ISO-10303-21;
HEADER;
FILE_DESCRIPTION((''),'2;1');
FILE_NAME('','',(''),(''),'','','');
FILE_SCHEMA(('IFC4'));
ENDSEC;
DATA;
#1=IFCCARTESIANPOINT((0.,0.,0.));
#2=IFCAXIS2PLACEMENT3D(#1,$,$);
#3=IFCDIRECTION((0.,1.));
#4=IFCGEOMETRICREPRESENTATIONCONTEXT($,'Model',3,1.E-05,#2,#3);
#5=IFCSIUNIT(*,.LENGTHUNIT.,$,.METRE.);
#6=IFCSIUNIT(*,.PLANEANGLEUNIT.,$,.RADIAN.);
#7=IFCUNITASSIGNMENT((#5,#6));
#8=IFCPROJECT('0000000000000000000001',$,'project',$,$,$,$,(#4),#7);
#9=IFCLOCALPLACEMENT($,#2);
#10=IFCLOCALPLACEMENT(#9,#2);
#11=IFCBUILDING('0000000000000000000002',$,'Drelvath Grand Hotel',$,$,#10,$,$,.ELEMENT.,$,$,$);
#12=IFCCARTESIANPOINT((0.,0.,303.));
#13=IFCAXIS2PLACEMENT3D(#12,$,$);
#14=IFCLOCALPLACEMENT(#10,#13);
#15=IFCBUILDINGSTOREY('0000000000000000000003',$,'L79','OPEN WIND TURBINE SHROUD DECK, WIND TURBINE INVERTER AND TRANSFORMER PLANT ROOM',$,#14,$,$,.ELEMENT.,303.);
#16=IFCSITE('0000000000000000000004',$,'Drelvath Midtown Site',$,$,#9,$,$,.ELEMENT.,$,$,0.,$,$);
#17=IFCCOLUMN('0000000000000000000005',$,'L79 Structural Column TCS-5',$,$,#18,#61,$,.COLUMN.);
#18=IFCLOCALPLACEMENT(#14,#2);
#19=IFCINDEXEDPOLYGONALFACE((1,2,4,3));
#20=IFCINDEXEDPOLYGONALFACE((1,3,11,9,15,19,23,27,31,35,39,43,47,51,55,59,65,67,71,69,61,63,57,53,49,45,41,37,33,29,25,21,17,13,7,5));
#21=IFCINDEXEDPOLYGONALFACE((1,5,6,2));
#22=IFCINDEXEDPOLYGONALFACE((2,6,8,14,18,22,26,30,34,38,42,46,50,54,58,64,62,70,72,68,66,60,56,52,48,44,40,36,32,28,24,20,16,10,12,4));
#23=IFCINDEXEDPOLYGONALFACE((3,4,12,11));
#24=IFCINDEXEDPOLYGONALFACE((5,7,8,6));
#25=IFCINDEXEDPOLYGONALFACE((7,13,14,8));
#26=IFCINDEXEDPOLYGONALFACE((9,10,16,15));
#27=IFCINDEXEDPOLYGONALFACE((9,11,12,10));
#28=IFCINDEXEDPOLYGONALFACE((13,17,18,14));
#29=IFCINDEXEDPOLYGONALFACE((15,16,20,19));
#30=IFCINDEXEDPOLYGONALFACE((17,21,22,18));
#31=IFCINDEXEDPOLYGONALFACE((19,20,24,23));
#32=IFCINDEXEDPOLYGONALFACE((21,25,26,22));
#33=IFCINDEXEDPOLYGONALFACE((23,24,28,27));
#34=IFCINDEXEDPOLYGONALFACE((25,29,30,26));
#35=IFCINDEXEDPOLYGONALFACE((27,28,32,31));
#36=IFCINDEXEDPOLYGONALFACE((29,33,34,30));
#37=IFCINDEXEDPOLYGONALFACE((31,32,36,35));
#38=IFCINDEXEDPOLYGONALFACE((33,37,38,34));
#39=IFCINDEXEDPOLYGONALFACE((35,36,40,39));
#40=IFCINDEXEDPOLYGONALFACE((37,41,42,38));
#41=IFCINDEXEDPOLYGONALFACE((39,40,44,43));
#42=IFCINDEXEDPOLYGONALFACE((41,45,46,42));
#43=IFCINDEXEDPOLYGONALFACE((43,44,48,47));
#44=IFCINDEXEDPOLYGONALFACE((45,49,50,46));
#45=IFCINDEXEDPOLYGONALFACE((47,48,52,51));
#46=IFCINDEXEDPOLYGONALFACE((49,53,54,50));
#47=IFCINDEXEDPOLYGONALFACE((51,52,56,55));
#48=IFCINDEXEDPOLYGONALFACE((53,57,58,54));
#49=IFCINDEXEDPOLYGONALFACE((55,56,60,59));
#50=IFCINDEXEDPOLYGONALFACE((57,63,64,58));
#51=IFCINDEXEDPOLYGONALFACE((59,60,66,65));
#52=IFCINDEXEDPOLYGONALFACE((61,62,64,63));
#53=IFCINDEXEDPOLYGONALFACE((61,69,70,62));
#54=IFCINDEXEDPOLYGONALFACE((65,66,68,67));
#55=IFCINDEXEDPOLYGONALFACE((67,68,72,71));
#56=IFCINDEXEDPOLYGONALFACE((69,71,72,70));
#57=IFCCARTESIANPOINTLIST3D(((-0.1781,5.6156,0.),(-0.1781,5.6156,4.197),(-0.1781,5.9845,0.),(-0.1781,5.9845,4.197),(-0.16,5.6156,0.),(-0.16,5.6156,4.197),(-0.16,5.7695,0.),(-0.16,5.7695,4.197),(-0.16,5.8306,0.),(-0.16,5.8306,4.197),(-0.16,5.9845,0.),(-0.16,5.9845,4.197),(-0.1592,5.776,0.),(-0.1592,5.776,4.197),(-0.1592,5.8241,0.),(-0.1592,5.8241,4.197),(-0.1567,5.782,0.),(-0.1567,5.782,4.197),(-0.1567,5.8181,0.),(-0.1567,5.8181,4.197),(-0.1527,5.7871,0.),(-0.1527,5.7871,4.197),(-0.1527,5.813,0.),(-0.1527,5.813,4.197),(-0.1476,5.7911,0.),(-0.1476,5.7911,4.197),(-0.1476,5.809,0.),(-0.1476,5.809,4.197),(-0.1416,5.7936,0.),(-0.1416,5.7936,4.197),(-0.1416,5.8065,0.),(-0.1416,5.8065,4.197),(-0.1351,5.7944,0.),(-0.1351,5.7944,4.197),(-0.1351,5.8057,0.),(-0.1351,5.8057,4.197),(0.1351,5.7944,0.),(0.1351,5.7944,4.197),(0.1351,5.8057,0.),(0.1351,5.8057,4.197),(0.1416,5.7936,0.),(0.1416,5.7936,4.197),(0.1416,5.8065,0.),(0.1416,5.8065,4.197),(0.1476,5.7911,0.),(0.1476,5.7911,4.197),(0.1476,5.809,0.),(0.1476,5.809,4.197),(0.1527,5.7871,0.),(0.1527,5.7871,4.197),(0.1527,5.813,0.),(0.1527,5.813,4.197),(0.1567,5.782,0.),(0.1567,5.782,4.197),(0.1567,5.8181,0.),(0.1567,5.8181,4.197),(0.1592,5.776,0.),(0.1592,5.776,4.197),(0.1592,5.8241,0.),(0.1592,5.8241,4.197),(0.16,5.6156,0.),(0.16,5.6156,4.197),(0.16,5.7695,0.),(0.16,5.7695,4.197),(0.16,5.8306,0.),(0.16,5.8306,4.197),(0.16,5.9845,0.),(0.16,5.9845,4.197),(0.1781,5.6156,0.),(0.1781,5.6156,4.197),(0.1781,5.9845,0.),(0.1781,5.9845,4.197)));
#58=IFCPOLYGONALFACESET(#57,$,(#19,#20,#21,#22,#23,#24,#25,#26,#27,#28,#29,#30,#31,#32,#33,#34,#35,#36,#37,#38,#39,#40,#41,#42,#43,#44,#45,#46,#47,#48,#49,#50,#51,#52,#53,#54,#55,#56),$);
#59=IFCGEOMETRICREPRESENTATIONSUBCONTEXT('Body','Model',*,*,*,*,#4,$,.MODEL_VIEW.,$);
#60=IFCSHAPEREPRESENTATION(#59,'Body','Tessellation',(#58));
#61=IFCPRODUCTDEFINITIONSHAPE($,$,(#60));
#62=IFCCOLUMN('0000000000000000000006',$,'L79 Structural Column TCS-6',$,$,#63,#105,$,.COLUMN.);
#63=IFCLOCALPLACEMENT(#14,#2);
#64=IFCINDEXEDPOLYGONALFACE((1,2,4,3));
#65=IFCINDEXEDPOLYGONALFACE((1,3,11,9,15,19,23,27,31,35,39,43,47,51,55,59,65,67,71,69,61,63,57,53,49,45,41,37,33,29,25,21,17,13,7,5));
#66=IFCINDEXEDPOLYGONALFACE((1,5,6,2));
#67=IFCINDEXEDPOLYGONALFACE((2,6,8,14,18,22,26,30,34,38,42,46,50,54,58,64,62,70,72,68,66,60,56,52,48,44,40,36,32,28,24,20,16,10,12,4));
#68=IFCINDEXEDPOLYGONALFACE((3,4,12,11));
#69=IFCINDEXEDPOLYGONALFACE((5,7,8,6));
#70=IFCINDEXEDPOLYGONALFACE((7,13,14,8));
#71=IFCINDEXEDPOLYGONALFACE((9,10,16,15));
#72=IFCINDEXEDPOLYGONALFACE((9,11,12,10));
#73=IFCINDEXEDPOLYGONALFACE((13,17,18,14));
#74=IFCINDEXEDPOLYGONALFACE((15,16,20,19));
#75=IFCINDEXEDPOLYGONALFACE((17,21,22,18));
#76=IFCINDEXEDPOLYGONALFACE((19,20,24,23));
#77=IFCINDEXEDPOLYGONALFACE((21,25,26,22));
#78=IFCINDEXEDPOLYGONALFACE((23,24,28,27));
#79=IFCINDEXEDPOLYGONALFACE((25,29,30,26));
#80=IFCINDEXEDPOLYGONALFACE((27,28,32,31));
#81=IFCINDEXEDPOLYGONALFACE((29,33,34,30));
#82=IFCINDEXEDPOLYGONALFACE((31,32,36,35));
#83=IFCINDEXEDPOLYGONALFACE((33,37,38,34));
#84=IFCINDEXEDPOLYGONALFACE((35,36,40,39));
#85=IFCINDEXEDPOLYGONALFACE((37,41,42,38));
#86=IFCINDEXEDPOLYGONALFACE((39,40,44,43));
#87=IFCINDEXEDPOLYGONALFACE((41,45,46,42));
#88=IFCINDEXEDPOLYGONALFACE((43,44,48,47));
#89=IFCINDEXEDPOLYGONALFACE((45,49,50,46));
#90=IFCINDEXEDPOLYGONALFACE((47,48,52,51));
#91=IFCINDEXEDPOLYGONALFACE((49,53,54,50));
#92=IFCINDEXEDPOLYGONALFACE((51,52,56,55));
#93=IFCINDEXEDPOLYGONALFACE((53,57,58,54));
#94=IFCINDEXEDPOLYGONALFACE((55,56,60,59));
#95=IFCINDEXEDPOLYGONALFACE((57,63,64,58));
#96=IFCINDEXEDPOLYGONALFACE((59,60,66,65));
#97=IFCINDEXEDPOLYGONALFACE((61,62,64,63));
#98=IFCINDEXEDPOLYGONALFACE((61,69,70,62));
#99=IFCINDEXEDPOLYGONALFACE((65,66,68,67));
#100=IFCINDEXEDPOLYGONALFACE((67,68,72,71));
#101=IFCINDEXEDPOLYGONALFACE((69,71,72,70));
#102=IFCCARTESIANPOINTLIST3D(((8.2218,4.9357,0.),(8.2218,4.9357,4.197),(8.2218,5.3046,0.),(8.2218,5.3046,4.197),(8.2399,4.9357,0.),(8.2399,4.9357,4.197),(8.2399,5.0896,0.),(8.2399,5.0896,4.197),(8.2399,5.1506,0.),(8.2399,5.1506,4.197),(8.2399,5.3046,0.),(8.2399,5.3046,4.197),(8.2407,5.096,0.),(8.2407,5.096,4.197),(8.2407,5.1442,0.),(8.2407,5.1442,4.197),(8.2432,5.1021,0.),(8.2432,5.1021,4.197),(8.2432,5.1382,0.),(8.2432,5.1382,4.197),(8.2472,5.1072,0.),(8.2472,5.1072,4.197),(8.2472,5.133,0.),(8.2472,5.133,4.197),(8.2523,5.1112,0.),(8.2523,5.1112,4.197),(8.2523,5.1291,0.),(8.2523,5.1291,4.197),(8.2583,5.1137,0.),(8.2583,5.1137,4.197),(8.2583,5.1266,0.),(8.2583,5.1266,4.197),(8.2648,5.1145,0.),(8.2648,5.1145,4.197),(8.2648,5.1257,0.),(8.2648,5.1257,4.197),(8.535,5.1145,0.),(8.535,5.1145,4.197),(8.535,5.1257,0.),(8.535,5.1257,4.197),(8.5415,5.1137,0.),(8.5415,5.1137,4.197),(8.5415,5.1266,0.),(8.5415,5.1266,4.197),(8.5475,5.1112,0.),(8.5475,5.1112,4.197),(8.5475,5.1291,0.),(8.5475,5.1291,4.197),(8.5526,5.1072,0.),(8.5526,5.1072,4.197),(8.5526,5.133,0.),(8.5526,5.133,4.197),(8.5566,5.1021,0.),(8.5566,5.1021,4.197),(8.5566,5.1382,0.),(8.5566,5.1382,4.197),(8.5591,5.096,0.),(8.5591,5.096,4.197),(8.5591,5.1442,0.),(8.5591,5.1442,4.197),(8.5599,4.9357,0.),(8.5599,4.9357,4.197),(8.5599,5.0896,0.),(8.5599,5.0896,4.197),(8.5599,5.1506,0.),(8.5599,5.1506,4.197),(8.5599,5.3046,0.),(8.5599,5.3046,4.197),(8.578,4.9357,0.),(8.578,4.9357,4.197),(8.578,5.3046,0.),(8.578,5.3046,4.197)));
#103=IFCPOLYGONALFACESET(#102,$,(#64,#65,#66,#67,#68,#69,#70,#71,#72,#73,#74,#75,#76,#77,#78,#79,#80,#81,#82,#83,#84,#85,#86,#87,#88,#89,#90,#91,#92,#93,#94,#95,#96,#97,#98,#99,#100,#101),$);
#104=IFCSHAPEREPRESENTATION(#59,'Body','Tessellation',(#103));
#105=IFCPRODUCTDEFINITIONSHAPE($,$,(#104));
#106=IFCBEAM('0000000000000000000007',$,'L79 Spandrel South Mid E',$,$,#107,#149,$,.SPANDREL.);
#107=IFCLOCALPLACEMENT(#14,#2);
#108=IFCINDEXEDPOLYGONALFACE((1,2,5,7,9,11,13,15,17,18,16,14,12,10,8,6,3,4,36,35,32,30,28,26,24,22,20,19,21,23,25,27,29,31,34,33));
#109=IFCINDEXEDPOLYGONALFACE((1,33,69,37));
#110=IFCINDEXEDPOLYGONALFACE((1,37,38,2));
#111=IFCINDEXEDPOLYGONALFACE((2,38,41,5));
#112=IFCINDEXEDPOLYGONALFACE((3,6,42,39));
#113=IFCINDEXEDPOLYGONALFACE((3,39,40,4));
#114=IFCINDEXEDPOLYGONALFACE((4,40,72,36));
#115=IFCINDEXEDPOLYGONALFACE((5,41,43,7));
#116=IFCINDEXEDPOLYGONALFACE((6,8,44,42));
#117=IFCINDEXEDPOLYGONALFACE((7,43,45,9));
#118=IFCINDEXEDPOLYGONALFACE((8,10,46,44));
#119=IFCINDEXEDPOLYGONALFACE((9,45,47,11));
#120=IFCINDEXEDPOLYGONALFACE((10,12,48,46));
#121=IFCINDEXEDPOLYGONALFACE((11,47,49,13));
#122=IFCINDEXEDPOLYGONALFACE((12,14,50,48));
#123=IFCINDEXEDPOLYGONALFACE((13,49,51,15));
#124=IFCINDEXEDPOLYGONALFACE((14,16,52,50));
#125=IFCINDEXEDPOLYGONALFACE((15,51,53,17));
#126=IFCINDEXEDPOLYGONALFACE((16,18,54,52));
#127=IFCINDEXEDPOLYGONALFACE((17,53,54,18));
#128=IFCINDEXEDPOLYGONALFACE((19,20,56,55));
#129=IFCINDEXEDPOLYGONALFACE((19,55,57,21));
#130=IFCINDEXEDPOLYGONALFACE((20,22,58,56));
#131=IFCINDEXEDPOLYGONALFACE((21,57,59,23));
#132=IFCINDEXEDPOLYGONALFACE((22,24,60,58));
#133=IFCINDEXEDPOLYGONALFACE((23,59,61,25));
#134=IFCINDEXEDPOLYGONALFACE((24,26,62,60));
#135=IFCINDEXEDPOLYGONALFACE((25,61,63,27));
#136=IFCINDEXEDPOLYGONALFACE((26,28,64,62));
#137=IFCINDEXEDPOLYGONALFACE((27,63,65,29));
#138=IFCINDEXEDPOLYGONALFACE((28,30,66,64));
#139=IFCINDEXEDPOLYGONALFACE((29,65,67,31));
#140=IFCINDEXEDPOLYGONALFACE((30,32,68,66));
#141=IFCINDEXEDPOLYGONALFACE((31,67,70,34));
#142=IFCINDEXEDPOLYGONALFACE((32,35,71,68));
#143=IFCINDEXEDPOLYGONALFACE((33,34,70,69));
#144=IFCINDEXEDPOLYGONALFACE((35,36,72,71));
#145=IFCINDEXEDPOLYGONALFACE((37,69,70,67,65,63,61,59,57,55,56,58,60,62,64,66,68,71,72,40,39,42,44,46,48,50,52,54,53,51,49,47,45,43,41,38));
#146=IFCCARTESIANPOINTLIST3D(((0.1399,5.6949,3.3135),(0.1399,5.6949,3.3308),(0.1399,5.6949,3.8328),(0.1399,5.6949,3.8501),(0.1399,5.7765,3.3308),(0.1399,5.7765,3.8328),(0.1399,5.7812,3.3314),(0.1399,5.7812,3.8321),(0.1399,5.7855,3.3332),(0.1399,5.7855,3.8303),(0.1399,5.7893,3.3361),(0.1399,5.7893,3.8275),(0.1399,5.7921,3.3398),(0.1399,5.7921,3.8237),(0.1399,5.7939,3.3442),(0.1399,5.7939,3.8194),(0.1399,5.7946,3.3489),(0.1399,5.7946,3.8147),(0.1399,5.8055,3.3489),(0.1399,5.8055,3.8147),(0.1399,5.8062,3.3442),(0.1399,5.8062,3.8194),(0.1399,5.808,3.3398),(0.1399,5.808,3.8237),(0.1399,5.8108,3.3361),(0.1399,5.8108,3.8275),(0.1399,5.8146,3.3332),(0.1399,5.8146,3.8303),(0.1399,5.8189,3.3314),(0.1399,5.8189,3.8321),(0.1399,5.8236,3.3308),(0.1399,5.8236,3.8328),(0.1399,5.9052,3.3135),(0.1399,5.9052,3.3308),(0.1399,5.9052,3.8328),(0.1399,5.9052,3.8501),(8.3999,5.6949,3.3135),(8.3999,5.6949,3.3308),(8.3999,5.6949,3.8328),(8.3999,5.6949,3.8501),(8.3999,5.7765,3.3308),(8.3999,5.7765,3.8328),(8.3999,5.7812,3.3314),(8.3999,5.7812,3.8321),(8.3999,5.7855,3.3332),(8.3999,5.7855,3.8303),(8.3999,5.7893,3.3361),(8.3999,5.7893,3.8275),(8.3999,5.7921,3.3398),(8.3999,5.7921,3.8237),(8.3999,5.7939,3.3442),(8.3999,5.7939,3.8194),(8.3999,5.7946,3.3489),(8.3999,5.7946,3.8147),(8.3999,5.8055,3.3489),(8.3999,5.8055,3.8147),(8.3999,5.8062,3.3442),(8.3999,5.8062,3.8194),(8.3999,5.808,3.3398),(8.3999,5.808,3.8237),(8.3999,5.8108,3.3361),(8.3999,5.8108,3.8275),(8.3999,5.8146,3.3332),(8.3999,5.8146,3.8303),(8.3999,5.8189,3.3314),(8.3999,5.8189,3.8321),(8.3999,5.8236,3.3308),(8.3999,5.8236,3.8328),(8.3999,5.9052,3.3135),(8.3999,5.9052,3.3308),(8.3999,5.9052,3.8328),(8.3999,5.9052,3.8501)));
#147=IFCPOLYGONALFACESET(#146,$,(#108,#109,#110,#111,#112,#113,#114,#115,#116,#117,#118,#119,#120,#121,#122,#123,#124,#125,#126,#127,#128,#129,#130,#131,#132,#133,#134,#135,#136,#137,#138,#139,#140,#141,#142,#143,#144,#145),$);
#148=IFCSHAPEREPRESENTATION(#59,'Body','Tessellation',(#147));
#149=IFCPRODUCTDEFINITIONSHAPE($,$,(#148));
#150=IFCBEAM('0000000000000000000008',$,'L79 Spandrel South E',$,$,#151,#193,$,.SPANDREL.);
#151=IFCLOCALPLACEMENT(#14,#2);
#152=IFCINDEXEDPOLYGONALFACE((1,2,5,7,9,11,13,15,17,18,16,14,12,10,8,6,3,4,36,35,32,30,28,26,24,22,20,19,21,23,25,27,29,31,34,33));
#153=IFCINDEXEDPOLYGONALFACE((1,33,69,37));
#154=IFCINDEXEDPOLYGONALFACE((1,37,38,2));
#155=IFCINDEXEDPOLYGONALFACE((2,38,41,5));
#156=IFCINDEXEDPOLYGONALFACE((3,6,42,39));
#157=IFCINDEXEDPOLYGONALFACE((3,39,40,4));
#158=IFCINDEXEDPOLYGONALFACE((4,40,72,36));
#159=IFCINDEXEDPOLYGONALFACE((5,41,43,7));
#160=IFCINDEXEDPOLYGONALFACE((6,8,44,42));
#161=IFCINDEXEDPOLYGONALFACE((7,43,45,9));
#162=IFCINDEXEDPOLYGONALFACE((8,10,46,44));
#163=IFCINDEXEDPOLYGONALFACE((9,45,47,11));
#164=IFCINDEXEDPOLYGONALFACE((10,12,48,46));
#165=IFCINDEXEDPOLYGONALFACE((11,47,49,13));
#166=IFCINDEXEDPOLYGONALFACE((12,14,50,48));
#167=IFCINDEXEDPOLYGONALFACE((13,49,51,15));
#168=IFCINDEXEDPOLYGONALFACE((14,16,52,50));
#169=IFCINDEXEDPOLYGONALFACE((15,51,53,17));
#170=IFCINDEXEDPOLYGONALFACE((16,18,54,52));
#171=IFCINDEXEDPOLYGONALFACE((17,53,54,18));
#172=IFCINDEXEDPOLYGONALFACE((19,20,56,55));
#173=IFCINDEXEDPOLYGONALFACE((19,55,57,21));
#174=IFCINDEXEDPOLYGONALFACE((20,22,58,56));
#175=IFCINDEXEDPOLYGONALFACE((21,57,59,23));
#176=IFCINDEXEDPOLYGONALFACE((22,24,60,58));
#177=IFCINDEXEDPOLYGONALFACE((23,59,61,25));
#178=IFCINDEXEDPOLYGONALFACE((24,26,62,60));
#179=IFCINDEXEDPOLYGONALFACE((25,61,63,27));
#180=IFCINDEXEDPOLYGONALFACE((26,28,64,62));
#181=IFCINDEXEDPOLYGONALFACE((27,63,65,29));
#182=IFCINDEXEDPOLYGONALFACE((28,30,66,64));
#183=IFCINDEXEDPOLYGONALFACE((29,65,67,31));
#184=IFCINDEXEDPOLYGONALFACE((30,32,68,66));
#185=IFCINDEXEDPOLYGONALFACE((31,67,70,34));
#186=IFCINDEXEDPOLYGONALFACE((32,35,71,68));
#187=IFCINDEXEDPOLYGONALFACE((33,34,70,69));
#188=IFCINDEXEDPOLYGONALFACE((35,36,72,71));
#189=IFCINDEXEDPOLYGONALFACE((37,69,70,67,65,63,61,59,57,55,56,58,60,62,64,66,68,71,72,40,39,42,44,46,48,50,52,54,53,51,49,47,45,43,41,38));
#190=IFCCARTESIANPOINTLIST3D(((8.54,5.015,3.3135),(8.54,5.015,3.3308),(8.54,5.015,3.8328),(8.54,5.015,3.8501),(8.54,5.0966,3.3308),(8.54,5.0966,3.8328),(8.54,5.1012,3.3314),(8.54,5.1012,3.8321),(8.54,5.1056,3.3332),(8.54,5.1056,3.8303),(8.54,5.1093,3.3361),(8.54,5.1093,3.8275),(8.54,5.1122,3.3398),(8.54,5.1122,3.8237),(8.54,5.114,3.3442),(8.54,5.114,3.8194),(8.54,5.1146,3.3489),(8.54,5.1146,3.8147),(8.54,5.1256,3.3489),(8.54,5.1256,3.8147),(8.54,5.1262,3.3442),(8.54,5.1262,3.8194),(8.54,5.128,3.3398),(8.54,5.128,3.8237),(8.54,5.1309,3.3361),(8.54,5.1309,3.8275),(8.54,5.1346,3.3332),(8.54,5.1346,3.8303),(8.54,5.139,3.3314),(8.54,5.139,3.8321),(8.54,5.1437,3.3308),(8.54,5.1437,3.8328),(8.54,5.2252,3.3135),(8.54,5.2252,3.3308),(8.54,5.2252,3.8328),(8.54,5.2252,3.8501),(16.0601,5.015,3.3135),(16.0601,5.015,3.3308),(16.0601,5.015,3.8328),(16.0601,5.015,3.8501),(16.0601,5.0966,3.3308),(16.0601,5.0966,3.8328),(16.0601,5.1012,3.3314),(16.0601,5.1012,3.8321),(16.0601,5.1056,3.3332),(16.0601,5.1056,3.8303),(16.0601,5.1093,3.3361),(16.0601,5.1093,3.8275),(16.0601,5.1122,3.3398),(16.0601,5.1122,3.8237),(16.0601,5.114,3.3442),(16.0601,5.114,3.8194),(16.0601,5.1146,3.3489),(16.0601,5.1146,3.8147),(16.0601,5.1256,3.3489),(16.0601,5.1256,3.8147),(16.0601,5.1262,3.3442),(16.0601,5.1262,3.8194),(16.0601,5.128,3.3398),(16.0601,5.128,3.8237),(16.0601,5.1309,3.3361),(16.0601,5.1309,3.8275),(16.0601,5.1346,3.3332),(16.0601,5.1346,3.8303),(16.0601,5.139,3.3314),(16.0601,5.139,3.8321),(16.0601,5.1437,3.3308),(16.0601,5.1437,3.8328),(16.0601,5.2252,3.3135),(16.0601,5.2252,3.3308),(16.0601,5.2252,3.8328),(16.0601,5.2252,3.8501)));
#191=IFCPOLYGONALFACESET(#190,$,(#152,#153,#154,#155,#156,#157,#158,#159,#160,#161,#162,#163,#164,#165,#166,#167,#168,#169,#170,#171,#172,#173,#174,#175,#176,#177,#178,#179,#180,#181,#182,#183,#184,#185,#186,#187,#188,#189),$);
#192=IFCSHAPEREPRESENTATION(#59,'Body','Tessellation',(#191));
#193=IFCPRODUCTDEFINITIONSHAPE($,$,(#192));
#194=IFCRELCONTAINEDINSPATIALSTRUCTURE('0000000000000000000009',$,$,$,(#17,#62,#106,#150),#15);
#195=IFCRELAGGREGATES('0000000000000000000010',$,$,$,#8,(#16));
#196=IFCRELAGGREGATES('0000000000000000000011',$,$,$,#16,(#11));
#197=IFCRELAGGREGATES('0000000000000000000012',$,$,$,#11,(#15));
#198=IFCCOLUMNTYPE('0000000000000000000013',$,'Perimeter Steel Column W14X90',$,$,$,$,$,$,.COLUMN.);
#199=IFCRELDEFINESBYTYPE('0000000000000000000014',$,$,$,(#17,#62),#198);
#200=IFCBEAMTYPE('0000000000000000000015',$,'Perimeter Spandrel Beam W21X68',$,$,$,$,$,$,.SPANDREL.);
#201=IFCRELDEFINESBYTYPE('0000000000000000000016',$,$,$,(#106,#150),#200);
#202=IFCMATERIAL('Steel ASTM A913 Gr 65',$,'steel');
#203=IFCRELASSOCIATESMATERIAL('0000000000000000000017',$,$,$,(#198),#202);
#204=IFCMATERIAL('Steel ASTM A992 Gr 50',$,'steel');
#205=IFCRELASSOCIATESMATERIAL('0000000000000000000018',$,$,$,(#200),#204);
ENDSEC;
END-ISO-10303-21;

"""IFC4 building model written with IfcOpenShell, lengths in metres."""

from ifc_helpers import new_model, si_unit, direction, frame, origin, origin_2d, place, context, subcontext, project, spatial, i_section, extrude, material, material_profile, profile_set, type_object, element, save


model = new_model("IFC4")

# Units and contexts
model_context = context("Model", 3, precision=1e-05, world=origin(), true_north=direction((0.0, 1.0)))
body_context = subcontext(model_context, "Body", "Model", "MODEL_VIEW")
ifc_project = project(units=[si_unit("LENGTHUNIT", "METRE"), si_unit("PLANEANGLEUNIT", "RADIAN")], contexts=[model_context])

# Site, building, storey
site_placement = place(None, origin())
site = spatial("IfcSite", under=ifc_project, at=site_placement, Name="Drelvath Midtown Site", CompositionType="ELEMENT", RefElevation=0.0)
building_placement = place(site_placement, origin())
building = spatial("IfcBuilding", under=site, at=building_placement, Name="Drelvath Grand Hotel", CompositionType="ELEMENT")
storey_placement = place(building_placement, frame((0.0, 0.0, 303.0)))
storey = spatial("IfcBuildingStorey", under=building, at=storey_placement, Name="L79", Description="OPEN WIND TURBINE SHROUD DECK, WIND TURBINE INVERTER AND TRANSFORMER PLANT ROOM", CompositionType="ELEMENT", Elevation=303.0)

# Columns
ifc_material_1 = material(Name="Steel ASTM A913 Gr 65", Category="steel")
ifc_material_profile_1 = material_profile(ifc_material_1, i_section(OverallWidth=0.3689, OverallDepth=0.3562, WebThickness=0.0112, FlangeThickness=0.0181, FilletRadius=0.0249, at=origin_2d()), Name="W14X90")
ifc_profile_set_1 = profile_set([ifc_material_profile_1], Name="Steel ASTM A913 Gr 65")
column_type = type_object("IfcColumnType", Name="Perimeter Steel Column W14X90", PredefinedType="COLUMN", material=ifc_profile_set_1)
for number, where, z_axis, x_axis, name in (
    (1, (0.0, 5.8, 0.0), (0.0, 0.0, 1.0), (0.0, 1.0, 0.0), "L79 Structural Column TCS-5"),
    (2, (8.3999, 5.1201, 0.0), (0.0, 0.0, 1.0), (0.0, 1.0, 0.0), "L79 Structural Column TCS-6"),
):
    element("IfcColumn", number, at=place(storey_placement, frame(where, z_axis=z_axis, x_axis=x_axis)), inside=storey, type_object=column_type, Name=name, PredefinedType="COLUMN", context=body_context, shape_type="SweptSolid", body=[
        extrude(i_section(OverallWidth=0.3689, OverallDepth=0.3562, WebThickness=0.0112, FlangeThickness=0.0181, FilletRadius=0.0249, at=origin_2d()), origin(), (0.0, 0.0, 1.0), 4.197),
    ])

# Beams
ifc_material_2 = material(Name="Steel ASTM A992 Gr 50", Category="steel")
ifc_material_profile_2 = material_profile(ifc_material_2, i_section(OverallWidth=0.2102, OverallDepth=0.5366, WebThickness=0.011, FlangeThickness=0.0173, FilletRadius=0.0181, at=origin_2d()), Name="W21X68")
ifc_profile_set_2 = profile_set([ifc_material_profile_2], Name="Steel ASTM A992 Gr 50")
beam_type_1 = type_object("IfcBeamType", Name="Perimeter Spandrel Beam W21X68", PredefinedType="SPANDREL", material=ifc_profile_set_2)
beam_1_placement = place(storey_placement, frame((0.1399, 5.8, 3.5818), z_axis=(1.0, 0.0, 0.0), x_axis=(0.0, 1.0, 0.0)))
element("IfcBeam", 3, at=beam_1_placement, inside=storey, type_object=beam_type_1, Name="L79 Spandrel South Mid E", PredefinedType="SPANDREL", context=body_context, shape_type="SweptSolid", body=[
    extrude(i_section(OverallWidth=0.2102, OverallDepth=0.5366, WebThickness=0.011, FlangeThickness=0.0173, FilletRadius=0.0181, at=origin_2d()), origin(), (0.0, 0.0, 1.0), 8.26),
])
beam_2_placement = place(storey_placement, frame((8.54, 5.1201, 3.5818), z_axis=(1.0, 0.0, 0.0), x_axis=(0.0, 1.0, 0.0)))
element("IfcBeam", 4, at=beam_2_placement, inside=storey, type_object=beam_type_1, Name="L79 Spandrel South E", PredefinedType="SPANDREL", context=body_context, shape_type="SweptSolid", body=[
    extrude(i_section(OverallWidth=0.2102, OverallDepth=0.5366, WebThickness=0.011, FlangeThickness=0.0173, FilletRadius=0.0181, at=origin_2d()), origin(), (0.0, 0.0, 1.0), 7.52),
])

save(model, "model.ifc")
